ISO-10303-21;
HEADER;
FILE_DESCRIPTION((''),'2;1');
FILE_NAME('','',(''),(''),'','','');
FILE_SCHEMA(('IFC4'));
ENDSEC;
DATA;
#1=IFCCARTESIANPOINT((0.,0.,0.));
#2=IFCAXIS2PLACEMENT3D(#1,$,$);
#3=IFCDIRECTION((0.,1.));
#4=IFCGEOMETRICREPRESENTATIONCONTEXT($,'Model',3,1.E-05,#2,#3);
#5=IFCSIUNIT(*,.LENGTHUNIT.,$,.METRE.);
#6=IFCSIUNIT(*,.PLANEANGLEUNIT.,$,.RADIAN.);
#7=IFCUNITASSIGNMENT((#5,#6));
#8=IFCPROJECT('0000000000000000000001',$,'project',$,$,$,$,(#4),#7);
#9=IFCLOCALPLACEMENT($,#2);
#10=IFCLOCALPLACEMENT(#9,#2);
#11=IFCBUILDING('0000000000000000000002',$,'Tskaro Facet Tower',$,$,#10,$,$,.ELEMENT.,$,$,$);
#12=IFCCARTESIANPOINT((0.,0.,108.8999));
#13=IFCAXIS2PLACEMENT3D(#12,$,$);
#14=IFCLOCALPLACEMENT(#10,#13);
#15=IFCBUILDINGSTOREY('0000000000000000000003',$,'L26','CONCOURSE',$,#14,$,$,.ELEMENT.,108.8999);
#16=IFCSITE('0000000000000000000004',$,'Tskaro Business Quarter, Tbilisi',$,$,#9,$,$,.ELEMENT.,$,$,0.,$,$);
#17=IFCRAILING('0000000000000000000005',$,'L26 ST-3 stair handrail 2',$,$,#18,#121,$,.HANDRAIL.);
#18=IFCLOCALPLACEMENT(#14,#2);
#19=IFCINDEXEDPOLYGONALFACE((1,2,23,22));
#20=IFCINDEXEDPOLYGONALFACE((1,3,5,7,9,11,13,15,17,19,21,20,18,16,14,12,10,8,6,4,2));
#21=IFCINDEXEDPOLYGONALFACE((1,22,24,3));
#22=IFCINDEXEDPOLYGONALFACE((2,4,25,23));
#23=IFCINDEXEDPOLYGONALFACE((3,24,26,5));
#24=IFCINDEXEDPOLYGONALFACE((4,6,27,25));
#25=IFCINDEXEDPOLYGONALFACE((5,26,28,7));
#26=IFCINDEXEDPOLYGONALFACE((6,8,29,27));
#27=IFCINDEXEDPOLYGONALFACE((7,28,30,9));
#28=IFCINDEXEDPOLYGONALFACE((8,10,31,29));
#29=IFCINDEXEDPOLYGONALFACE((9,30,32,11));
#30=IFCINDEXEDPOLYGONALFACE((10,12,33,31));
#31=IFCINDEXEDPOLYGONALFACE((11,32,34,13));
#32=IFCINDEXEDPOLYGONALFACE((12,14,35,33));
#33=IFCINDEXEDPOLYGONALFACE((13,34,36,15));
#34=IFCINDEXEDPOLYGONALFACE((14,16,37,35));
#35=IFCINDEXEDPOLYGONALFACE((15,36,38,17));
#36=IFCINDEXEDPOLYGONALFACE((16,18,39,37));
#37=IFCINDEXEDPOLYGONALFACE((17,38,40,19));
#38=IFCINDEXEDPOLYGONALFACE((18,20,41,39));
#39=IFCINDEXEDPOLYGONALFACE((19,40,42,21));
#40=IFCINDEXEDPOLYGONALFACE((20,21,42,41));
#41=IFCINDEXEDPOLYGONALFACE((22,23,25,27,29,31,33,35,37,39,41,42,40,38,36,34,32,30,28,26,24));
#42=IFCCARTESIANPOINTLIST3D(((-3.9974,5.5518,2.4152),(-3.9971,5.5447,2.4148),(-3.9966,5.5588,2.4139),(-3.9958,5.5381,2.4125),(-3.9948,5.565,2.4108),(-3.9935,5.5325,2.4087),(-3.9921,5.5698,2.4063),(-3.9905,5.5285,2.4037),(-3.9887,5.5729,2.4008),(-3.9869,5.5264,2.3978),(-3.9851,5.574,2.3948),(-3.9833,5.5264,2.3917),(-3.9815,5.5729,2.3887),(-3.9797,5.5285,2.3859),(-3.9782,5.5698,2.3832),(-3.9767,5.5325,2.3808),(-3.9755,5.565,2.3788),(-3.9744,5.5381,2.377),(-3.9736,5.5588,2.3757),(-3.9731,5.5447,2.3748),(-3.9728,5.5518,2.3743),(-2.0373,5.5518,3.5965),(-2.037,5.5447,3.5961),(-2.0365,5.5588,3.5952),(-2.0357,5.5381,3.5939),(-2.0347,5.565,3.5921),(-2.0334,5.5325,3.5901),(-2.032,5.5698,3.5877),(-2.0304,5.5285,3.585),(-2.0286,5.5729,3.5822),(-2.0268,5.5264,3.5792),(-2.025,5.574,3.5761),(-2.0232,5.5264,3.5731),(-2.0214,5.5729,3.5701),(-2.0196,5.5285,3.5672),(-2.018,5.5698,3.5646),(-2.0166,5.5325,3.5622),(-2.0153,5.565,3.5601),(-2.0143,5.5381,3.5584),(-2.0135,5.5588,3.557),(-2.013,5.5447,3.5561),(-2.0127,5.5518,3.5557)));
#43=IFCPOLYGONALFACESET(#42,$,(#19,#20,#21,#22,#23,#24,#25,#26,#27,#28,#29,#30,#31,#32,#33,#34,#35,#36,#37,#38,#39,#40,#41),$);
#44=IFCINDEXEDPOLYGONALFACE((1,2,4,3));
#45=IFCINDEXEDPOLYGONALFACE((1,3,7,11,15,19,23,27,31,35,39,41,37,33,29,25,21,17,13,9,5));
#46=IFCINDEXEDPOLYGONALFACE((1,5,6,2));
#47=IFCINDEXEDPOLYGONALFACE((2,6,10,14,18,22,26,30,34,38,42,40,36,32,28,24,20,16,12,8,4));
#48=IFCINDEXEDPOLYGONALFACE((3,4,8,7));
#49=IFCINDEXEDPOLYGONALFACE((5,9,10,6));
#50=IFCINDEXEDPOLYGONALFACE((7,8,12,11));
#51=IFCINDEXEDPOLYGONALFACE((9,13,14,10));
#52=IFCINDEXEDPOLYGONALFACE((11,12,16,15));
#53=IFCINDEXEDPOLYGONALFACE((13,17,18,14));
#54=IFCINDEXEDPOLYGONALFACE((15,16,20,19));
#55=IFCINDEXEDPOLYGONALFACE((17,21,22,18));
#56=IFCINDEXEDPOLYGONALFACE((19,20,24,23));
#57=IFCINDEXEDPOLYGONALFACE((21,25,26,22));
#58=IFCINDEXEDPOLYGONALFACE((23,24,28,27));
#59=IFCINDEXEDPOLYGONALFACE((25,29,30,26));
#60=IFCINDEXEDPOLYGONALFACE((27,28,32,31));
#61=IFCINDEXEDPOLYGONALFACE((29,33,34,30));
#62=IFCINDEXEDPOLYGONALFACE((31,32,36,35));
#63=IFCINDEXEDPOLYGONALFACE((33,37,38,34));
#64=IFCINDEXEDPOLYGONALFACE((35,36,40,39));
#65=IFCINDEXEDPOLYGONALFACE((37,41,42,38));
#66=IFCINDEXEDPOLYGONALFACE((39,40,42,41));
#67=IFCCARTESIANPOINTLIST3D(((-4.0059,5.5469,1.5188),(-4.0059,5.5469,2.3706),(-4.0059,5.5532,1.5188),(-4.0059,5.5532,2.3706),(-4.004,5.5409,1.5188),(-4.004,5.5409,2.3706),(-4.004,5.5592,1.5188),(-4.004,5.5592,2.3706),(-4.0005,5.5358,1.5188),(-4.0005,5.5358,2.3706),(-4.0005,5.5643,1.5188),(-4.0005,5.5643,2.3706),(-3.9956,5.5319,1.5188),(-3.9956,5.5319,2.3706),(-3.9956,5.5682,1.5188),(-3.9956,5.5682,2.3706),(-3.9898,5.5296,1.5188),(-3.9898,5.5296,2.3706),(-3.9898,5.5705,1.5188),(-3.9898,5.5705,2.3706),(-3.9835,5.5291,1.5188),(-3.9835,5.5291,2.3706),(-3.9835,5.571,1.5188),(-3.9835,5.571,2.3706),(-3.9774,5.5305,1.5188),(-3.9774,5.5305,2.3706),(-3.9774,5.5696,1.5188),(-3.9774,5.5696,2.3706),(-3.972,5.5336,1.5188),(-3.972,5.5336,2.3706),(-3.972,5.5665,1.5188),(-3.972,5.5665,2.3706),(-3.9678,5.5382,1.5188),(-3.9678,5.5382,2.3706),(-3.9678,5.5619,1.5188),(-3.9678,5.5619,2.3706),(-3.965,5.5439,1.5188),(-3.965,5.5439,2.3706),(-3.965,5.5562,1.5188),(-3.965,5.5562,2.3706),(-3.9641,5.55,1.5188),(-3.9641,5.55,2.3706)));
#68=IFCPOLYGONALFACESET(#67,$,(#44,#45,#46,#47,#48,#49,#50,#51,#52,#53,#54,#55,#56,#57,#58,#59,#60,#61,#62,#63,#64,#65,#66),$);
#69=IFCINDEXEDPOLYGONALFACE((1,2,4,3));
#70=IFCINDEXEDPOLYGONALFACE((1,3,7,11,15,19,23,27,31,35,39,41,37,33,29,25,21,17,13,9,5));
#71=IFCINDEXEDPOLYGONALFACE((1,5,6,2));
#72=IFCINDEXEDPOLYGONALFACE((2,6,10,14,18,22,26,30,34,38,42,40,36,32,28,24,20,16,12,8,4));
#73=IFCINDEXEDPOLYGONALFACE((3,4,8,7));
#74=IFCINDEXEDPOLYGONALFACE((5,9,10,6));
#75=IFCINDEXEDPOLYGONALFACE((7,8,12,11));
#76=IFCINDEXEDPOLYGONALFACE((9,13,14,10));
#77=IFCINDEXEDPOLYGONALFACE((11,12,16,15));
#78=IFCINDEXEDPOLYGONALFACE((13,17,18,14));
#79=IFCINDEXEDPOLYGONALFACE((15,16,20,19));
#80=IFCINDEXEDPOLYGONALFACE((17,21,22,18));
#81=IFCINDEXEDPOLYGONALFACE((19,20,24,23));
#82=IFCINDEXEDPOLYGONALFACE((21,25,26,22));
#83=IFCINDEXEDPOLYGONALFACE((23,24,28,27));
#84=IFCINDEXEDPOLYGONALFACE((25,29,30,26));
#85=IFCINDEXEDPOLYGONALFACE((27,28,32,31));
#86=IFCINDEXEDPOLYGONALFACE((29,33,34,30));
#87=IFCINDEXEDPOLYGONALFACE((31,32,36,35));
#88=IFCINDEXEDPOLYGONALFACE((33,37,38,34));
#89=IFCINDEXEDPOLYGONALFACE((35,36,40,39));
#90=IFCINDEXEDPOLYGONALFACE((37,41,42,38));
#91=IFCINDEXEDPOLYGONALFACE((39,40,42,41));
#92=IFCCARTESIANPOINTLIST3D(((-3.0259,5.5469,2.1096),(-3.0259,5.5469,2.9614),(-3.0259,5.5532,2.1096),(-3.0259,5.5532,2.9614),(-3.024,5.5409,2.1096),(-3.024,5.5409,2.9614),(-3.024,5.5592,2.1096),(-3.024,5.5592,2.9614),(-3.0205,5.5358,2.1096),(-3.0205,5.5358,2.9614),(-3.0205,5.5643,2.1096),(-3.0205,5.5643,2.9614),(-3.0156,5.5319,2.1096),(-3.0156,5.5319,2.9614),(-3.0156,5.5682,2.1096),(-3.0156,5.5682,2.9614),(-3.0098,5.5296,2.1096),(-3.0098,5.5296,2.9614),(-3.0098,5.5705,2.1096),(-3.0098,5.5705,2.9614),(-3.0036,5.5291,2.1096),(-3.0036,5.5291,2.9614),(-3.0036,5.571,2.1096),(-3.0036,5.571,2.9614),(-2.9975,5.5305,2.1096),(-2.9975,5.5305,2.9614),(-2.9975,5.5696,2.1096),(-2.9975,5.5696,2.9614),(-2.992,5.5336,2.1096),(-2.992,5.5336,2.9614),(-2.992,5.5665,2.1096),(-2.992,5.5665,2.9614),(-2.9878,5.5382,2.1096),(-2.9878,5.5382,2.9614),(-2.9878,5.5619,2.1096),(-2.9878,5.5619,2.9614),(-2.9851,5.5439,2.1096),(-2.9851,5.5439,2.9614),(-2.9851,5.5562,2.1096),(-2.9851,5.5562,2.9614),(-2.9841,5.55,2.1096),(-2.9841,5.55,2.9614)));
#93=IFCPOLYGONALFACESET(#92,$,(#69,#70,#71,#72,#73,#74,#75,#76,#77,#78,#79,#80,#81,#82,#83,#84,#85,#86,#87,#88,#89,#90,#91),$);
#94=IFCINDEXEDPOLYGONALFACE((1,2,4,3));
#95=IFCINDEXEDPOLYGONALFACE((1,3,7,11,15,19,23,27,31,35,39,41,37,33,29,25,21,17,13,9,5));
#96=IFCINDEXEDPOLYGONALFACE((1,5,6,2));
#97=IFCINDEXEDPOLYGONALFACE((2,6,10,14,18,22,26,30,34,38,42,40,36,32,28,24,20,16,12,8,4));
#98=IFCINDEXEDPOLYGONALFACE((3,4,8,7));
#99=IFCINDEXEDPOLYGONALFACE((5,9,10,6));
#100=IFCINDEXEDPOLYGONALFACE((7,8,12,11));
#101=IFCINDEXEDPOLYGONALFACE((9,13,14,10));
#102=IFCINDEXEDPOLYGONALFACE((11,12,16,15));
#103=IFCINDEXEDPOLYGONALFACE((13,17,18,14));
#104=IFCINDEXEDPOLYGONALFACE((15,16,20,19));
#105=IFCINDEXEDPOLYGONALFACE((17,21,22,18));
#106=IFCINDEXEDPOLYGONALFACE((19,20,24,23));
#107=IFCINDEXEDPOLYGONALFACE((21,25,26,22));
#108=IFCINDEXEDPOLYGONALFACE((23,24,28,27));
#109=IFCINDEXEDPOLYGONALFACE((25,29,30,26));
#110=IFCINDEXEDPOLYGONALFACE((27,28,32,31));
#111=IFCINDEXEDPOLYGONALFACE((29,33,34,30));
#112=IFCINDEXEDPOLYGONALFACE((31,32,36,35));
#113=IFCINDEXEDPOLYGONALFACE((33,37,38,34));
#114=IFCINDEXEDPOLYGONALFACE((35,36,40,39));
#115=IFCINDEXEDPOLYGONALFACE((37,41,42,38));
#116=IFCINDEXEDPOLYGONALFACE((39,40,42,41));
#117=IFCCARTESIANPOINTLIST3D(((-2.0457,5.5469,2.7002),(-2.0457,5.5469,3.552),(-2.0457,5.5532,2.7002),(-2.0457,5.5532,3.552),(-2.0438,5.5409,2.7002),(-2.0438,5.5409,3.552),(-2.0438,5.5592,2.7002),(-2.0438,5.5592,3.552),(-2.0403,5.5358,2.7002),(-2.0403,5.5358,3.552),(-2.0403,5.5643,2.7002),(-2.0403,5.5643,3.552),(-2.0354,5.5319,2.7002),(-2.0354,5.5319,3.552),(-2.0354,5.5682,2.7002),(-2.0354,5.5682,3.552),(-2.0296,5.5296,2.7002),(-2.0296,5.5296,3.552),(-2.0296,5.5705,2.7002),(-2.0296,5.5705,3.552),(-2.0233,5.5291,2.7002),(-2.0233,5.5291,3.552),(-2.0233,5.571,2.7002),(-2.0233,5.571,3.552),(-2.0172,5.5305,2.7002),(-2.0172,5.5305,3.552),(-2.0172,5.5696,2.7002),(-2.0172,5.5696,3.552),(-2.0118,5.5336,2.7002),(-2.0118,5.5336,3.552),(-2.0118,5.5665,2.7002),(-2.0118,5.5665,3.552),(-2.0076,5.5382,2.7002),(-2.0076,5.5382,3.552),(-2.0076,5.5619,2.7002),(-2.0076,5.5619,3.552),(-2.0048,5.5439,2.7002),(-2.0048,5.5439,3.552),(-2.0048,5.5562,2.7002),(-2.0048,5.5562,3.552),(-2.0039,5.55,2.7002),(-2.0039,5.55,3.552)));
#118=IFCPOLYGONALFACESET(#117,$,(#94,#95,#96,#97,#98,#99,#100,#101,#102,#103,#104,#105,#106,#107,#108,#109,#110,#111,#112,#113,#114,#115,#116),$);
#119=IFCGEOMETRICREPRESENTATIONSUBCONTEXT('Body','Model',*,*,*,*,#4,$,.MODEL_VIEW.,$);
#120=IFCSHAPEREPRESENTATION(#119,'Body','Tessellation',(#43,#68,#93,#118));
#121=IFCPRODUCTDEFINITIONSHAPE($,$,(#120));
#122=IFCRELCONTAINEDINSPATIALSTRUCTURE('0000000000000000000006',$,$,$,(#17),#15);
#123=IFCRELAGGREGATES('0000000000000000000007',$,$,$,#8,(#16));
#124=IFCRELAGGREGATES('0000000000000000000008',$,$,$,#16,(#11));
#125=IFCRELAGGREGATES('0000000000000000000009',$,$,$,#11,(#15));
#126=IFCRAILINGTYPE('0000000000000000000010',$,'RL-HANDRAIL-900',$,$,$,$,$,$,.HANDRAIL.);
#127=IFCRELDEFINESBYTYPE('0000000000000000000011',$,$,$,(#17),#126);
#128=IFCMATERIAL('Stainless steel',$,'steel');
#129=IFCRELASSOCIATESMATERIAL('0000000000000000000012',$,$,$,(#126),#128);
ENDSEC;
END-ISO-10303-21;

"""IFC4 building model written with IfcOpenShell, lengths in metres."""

from ifc_helpers import new_model, si_unit, direction, frame, origin, origin_2d, place, context, subcontext, project, spatial, circle, extrude, material, type_object, element, save


model = new_model("IFC4")

# Units and contexts
model_context = context("Model", 3, precision=1e-05, world=origin(), true_north=direction((0.0, 1.0)))
body_context = subcontext(model_context, "Body", "Model", "MODEL_VIEW")
ifc_project = project(units=[si_unit("LENGTHUNIT", "METRE"), si_unit("PLANEANGLEUNIT", "RADIAN")], contexts=[model_context])

# Site, building, storey
site_placement = place(None, origin())
site = spatial("IfcSite", under=ifc_project, at=site_placement, Name="Tskaro Business Quarter, Tbilisi", CompositionType="ELEMENT", RefElevation=0.0)
building_placement = place(site_placement, origin())
building = spatial("IfcBuilding", under=site, at=building_placement, Name="Tskaro Facet Tower", CompositionType="ELEMENT")
storey_placement = place(building_placement, frame((0.0, 0.0, 108.8999)))
storey = spatial("IfcBuildingStorey", under=building, at=storey_placement, Name="L26", Description="CONCOURSE", CompositionType="ELEMENT", Elevation=108.8999)

# Railing
ifc_material_1 = material(Name="Stainless steel", Category="steel")
railing_type_1 = type_object("IfcRailingType", Name="RL-HANDRAIL-900", PredefinedType="HANDRAIL", material=ifc_material_1)
railing_1_placement = place(storey_placement, frame((-3.9851, 5.55, 1.5188)))
element("IfcRailing", 1, at=railing_1_placement, inside=storey, type_object=railing_type_1, Name="L26 ST-3 stair handrail 2", PredefinedType="HANDRAIL", context=body_context, shape_type="SweptSolid", body=[
    extrude(circle(Radius=0.0239, at=origin_2d()), frame((0.0, 0.0, 0.876), z_axis=(0.856475, 0.0, 0.516189), x_axis=(0.0, 1.0, 0.0)), (0.0, 0.0, 1.0), 2.2886),
    extrude(circle(Radius=0.021, at=origin_2d()), origin(), (0.0, 0.0, 1.0), 0.8518),
    extrude(circle(Radius=0.021, at=origin_2d()), frame((0.98, 0.0, 0.5908)), (0.0, 0.0, 1.0), 0.8518),
    extrude(circle(Radius=0.021, at=origin_2d()), frame((1.9602, 0.0, 1.1814)), (0.0, 0.0, 1.0), 0.8518),
])

save(model, "model.ifc")
